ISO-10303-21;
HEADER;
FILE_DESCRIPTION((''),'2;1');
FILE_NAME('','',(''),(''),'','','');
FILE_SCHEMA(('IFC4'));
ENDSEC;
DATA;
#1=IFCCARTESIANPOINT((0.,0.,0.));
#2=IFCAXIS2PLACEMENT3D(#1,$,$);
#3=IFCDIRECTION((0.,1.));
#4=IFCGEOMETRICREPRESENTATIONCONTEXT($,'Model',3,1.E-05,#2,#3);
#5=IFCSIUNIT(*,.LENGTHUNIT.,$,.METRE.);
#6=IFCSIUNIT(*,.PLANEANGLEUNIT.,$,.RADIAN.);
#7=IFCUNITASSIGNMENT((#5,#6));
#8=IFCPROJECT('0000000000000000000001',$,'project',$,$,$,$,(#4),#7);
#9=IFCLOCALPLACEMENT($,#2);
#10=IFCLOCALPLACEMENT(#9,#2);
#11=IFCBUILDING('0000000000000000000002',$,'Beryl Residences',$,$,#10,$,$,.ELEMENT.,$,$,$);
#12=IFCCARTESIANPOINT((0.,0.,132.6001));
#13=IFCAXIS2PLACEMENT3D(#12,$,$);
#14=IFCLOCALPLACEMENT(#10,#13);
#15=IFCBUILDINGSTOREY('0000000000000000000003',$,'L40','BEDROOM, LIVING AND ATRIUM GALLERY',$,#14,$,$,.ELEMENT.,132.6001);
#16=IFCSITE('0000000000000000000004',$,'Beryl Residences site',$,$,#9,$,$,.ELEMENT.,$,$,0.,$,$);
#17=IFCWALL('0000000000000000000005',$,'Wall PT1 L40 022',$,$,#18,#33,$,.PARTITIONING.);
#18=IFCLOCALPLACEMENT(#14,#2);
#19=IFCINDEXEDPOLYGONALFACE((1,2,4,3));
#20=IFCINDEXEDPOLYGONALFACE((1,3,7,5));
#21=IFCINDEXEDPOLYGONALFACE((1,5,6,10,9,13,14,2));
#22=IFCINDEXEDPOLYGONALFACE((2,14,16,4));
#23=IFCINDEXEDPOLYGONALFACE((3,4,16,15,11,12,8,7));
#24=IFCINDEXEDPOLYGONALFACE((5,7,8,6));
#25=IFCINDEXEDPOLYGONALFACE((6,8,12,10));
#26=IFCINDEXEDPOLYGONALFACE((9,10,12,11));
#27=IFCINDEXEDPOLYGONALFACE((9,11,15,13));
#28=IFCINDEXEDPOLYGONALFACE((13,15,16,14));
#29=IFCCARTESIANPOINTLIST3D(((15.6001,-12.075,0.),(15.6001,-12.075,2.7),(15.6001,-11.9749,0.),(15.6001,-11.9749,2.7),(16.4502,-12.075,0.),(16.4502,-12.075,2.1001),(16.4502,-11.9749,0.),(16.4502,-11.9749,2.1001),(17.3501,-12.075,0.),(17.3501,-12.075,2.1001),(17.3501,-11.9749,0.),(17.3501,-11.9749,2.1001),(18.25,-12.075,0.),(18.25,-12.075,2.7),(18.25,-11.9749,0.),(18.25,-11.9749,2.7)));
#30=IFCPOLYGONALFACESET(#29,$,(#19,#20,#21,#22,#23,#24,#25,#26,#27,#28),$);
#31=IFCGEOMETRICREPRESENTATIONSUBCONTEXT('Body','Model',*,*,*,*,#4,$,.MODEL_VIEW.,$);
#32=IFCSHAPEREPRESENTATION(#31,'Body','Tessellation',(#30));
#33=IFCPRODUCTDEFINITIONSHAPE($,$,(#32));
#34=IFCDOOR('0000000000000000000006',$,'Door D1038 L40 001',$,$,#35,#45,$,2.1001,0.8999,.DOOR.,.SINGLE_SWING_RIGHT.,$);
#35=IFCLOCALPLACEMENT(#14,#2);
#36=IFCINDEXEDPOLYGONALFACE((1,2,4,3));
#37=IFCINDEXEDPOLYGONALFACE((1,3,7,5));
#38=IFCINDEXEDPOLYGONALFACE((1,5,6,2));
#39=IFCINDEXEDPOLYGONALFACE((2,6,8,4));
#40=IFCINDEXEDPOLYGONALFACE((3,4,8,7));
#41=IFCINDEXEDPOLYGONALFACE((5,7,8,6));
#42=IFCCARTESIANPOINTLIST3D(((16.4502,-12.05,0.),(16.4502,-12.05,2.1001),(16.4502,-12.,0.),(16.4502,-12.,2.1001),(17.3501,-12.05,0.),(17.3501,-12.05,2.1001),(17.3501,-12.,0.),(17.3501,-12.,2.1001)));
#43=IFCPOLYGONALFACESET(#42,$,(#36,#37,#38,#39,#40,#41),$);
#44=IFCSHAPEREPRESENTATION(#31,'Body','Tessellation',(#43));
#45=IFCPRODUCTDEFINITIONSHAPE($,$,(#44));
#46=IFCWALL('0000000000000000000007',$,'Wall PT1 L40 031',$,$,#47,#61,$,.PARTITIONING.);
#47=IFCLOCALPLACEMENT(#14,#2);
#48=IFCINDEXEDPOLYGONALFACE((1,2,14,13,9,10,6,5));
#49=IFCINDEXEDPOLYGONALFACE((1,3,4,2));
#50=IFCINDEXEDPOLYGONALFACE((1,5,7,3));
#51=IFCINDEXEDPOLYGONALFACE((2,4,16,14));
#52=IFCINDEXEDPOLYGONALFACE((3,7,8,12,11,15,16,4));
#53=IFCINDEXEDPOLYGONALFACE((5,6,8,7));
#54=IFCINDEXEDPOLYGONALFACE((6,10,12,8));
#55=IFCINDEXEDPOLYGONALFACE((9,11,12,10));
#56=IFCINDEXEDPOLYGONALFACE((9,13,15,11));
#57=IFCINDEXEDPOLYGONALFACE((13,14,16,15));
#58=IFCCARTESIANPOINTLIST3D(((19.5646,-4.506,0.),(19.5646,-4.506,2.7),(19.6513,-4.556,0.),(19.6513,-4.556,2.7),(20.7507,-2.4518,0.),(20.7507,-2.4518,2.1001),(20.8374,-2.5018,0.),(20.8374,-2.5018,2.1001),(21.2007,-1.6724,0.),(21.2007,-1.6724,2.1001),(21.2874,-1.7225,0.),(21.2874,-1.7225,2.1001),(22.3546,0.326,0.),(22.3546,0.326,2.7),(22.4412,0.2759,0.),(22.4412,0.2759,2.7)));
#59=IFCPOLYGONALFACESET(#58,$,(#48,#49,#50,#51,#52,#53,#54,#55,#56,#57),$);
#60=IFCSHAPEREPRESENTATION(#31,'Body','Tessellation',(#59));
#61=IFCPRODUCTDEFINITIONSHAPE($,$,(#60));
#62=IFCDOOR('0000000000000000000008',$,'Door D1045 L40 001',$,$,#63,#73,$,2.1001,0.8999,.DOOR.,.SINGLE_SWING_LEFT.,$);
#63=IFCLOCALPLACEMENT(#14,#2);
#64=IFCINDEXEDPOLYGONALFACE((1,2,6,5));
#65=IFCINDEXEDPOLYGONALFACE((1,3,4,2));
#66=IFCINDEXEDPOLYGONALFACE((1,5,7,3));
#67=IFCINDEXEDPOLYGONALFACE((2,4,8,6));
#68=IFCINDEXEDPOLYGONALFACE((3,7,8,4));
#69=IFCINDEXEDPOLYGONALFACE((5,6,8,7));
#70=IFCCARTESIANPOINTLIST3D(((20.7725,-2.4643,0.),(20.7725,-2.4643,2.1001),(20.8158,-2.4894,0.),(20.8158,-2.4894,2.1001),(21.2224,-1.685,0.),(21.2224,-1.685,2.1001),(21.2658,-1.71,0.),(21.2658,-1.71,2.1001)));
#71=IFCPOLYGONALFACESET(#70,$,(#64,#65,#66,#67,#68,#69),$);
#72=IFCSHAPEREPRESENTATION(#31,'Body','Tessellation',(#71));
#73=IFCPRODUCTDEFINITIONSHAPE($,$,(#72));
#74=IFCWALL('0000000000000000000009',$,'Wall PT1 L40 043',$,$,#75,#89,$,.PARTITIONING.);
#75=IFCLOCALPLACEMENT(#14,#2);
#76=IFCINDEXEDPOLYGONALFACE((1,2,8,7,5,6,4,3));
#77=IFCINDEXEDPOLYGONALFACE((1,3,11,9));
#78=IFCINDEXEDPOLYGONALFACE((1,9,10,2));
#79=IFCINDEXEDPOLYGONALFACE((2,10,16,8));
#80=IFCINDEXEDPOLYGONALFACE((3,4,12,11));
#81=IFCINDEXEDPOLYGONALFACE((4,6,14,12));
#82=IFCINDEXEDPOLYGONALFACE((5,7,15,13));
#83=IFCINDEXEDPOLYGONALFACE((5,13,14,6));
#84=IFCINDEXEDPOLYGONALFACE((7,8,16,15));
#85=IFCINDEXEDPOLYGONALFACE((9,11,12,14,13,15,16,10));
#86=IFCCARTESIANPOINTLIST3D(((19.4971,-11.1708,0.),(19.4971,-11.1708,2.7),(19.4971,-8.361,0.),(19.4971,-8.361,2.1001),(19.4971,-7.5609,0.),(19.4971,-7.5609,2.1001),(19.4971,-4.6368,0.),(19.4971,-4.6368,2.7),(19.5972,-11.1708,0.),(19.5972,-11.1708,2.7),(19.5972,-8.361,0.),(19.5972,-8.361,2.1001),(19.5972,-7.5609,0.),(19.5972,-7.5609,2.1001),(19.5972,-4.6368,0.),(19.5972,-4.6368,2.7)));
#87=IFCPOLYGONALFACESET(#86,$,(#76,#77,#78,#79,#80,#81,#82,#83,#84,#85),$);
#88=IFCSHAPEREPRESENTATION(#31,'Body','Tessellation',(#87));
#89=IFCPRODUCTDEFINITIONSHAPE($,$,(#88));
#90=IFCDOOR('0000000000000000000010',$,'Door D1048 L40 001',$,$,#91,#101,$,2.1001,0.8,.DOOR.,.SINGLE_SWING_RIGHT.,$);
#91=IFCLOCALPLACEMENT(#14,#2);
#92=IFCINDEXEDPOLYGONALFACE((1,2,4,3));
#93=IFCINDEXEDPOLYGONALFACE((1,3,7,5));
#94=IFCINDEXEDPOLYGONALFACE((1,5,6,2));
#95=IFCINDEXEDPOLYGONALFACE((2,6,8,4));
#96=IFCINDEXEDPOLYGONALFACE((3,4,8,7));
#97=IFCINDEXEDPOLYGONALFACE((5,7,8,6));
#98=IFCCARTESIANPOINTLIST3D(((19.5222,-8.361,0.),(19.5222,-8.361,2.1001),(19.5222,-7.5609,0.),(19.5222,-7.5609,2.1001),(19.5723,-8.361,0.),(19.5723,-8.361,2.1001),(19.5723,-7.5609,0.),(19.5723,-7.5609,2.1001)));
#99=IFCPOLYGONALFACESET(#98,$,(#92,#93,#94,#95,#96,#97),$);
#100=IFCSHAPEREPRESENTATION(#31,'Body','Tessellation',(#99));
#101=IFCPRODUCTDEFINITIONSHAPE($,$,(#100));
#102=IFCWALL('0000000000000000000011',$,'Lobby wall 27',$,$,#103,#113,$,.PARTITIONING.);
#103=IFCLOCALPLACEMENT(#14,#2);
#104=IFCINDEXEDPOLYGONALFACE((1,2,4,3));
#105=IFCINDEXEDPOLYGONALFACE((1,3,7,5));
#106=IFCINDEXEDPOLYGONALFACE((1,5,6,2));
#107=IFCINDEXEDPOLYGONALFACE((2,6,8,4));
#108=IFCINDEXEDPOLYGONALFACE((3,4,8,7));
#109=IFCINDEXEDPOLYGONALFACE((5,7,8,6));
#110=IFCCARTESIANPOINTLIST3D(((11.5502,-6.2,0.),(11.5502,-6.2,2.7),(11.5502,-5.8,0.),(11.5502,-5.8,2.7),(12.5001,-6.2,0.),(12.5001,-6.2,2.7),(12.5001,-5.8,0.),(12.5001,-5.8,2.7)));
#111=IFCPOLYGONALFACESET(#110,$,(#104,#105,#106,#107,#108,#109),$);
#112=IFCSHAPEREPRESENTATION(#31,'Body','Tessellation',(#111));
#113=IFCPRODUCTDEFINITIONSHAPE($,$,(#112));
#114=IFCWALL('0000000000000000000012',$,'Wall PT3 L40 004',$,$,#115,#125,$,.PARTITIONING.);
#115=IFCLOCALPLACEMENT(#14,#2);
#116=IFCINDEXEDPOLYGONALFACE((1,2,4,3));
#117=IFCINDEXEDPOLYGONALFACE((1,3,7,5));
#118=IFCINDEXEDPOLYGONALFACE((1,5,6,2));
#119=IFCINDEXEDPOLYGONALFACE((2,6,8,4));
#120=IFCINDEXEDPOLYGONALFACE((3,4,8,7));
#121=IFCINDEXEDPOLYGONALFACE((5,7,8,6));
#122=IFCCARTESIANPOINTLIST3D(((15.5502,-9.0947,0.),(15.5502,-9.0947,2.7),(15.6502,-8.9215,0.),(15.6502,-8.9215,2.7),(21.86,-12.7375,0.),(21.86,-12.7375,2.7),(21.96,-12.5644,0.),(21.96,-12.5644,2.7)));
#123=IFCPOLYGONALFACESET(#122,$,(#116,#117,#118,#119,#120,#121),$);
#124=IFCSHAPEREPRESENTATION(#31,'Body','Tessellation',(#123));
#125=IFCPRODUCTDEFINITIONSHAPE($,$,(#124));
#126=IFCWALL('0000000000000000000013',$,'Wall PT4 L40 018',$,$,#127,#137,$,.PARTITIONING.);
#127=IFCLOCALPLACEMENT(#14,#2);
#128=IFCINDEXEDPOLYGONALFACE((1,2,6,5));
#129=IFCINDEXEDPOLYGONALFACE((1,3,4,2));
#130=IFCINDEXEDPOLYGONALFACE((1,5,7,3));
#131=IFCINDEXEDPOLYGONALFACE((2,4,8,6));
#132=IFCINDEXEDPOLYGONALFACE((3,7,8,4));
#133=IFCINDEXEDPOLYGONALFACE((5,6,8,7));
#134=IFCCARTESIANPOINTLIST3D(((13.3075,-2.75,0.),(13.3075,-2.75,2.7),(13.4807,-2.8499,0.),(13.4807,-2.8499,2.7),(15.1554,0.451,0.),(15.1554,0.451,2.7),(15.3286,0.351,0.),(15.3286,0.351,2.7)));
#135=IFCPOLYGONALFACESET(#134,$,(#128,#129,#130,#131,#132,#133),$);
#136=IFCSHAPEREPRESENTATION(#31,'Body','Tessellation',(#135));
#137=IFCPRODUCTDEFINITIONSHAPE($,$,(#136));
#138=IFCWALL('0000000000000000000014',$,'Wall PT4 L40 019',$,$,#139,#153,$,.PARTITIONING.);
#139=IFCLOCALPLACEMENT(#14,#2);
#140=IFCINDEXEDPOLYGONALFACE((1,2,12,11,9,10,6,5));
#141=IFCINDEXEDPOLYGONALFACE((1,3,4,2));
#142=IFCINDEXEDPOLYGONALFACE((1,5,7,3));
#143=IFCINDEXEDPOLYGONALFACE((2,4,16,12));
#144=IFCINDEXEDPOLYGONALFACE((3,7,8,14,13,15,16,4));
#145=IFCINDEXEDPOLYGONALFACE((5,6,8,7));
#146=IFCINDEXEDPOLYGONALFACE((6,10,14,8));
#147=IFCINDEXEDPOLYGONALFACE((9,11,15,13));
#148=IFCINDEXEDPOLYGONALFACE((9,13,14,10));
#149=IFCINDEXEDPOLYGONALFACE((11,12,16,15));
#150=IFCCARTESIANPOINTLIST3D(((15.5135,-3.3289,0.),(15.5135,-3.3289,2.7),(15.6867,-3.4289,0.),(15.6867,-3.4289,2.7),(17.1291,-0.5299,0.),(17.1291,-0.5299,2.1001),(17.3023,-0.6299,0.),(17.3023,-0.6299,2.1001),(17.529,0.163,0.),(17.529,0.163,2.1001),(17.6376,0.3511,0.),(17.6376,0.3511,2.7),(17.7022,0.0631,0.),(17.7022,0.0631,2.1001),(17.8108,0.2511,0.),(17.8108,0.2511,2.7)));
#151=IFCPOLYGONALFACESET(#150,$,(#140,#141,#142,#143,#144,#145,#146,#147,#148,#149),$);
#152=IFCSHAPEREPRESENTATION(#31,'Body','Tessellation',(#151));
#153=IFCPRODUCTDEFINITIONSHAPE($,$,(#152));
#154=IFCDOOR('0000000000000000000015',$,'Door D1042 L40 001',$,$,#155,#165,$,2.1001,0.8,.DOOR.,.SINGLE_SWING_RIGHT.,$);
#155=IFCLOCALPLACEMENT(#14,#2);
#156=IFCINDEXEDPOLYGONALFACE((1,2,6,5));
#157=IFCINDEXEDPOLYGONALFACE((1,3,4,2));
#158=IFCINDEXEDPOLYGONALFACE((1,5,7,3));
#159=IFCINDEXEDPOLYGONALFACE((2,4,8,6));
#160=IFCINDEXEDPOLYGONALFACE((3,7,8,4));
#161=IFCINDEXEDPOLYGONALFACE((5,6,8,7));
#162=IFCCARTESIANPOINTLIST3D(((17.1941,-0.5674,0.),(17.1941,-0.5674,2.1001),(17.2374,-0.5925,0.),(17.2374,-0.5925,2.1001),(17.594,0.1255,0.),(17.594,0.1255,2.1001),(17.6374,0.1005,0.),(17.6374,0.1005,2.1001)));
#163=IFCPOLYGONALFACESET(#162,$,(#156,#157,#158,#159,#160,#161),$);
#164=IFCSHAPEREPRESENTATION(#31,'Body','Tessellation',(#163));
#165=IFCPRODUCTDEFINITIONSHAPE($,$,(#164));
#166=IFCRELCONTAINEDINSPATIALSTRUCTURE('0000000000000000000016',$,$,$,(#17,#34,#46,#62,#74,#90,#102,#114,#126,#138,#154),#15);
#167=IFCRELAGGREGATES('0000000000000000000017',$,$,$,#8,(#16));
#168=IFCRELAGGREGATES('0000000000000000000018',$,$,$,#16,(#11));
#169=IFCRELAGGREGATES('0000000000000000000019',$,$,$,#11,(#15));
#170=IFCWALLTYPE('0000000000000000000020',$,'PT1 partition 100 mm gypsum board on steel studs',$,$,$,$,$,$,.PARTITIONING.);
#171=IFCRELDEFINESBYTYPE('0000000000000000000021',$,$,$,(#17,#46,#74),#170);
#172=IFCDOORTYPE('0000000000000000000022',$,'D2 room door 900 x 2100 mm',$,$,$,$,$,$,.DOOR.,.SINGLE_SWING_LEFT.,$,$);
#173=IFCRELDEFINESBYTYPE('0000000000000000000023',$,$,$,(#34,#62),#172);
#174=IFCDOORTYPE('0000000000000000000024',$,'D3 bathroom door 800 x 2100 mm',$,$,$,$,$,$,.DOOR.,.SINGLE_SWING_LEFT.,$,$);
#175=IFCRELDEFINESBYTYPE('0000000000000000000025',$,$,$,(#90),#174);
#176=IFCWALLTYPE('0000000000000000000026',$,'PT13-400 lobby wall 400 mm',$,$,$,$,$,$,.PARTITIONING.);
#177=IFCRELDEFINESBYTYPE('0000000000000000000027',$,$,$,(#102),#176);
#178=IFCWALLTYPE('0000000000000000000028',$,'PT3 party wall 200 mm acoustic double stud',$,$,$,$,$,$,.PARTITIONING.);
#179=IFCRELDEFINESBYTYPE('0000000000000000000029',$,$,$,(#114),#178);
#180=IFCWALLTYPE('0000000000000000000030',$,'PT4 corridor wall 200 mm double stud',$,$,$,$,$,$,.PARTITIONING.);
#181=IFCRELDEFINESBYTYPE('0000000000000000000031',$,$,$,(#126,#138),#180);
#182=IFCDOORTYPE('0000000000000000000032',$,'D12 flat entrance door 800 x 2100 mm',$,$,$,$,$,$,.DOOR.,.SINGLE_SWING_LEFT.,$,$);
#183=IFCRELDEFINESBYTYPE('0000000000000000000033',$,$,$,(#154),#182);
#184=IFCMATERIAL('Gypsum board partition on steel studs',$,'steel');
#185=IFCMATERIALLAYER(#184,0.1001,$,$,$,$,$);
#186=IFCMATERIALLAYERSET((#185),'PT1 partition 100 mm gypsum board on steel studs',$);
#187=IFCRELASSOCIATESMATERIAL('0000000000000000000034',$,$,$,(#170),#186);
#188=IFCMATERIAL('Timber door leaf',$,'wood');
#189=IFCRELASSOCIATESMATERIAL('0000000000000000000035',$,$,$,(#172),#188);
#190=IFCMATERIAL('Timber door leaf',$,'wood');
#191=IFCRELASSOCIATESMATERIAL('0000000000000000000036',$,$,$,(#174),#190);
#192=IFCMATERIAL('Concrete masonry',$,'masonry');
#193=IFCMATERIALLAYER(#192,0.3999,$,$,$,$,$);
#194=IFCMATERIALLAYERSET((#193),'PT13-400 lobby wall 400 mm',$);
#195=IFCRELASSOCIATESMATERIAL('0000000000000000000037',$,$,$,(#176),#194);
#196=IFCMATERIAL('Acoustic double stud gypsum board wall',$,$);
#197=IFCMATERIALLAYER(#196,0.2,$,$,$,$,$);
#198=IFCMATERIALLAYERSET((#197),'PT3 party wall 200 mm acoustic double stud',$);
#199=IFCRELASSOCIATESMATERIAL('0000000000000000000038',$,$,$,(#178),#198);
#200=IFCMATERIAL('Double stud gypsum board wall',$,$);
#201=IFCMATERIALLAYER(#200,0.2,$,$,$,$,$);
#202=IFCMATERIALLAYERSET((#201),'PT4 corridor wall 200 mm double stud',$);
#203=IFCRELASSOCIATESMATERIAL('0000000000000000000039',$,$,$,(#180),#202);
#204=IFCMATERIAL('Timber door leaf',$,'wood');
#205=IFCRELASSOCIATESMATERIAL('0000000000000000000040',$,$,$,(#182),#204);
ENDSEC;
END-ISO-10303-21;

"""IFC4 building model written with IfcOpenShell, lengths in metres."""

from ifc_helpers import new_model, si_unit, direction, frame, frame_2d, origin, place, context, subcontext, project, spatial, rectangle, extrude, material, layer, layer_set, type_object, element, fill, save


model = new_model("IFC4")

# Units and contexts
model_context = context("Model", 3, precision=1e-05, world=origin(), true_north=direction((0.0, 1.0)))
body_context = subcontext(model_context, "Body", "Model", "MODEL_VIEW")
ifc_project = project(units=[si_unit("LENGTHUNIT", "METRE"), si_unit("PLANEANGLEUNIT", "RADIAN")], contexts=[model_context])

# Site, building, storey
site_placement = place(None, origin())
site = spatial("IfcSite", under=ifc_project, at=site_placement, Name="Beryl Residences site", CompositionType="ELEMENT", RefElevation=0.0)
building_placement = place(site_placement, origin())
building = spatial("IfcBuilding", under=site, at=building_placement, Name="Beryl Residences", CompositionType="ELEMENT")
storey_placement = place(building_placement, frame((0.0, 0.0, 132.6001)))
storey = spatial("IfcBuildingStorey", under=building, at=storey_placement, Name="L40", Description="BEDROOM, LIVING AND ATRIUM GALLERY", CompositionType="ELEMENT", Elevation=132.6001)

# Walls, openings, doors
ifc_material_1 = material(Name="Gypsum board partition on steel studs", Category="steel")
ifc_layer_1 = layer(ifc_material_1, 0.1001)
ifc_layer_set_1 = layer_set([ifc_layer_1], Name="PT1 partition 100 mm gypsum board on steel studs")
wall_type_1 = type_object("IfcWallType", Name="PT1 partition 100 mm gypsum board on steel studs", PredefinedType="PARTITIONING", material=ifc_layer_set_1)
ifc_material_2 = material(Name="Timber door leaf", Category="wood")
door_type_1 = type_object("IfcDoorType", Name="D2 room door 900 x 2100 mm", OperationType="SINGLE_SWING_LEFT", PredefinedType="DOOR", material=ifc_material_2)
wall_1_placement = place(storey_placement, frame((15.6001, -12.0249, 0.0), z_axis=(0.0, 0.0, 1.0), x_axis=(1.0, 0.0, 0.0)))
wall_1 = element("IfcWall", 1, at=wall_1_placement, inside=storey, type_object=wall_type_1, Name="Wall PT1 L40 022", PredefinedType="PARTITIONING", context=body_context, shape_type="SweptSolid", body=[
    extrude(rectangle(XDim=2.6499, YDim=0.1001, at=frame_2d((1.325, 0.0))), origin(), (0.0, 0.0, 1.0), 2.7),
])
opening_1_placement = place(wall_1_placement, frame((0.8501, 0.0, 0.0)))
opening_1 = element("IfcOpeningElement", 2, at=opening_1_placement, cuts=wall_1, PredefinedType="OPENING", context=body_context, shape_type="SweptSolid", body=[
    extrude(rectangle(XDim=0.8999, YDim=2.1001, at=frame_2d((0.45, 1.05))), frame((0.0, 0.0601, 0.0), z_axis=(0.0, -1.0, 0.0), x_axis=(1.0, 0.0, 0.0)), (0.0, 0.0, 1.0), 0.1201),
])
door_1_placement = place(opening_1_placement, origin())
door_1 = element("IfcDoor", 3, at=door_1_placement, inside=storey, type_object=door_type_1, Name="Door D1038 L40 001", OperationType="SINGLE_SWING_RIGHT", OverallHeight=2.1001, OverallWidth=0.8999, PredefinedType="DOOR", context=body_context, shape_type="SweptSolid", body=[
    extrude(rectangle(XDim=0.8999, YDim=2.1001, at=frame_2d((0.45, 1.05))), frame((0.0, 0.0249, 0.0), z_axis=(0.0, -1.0, 0.0), x_axis=(1.0, 0.0, 0.0)), (0.0, 0.0, 1.0), 0.05),
])
fill(opening_1, door_1)
wall_2_placement = place(storey_placement, frame((19.6079, -4.531, 0.0), z_axis=(0.0, 0.0, 1.0), x_axis=(0.500036, 0.866005, 0.0)))
wall_2 = element("IfcWall", 4, at=wall_2_placement, inside=storey, type_object=wall_type_1, Name="Wall PT1 L40 031", PredefinedType="PARTITIONING", context=body_context, shape_type="SweptSolid", body=[
    extrude(rectangle(XDim=5.5796, YDim=0.1001, at=frame_2d((2.7898, 0.0))), origin(), (0.0, 0.0, 1.0), 2.7),
])
opening_2_placement = place(wall_2_placement, frame((2.3721, 0.0, 0.0)))
opening_2 = element("IfcOpeningElement", 5, at=opening_2_placement, cuts=wall_2, PredefinedType="OPENING", context=body_context, shape_type="SweptSolid", body=[
    extrude(rectangle(XDim=0.8999, YDim=2.1001, at=frame_2d((0.45, 1.05))), frame((0.0, 0.0601, 0.0), z_axis=(0.0, -1.0, 0.0), x_axis=(1.0, 0.0, 0.0)), (0.0, 0.0, 1.0), 0.1201),
])
door_2_placement = place(opening_2_placement, origin())
door_2 = element("IfcDoor", 6, at=door_2_placement, inside=storey, type_object=door_type_1, Name="Door D1045 L40 001", OperationType="SINGLE_SWING_LEFT", OverallHeight=2.1001, OverallWidth=0.8999, PredefinedType="DOOR", context=body_context, shape_type="SweptSolid", body=[
    extrude(rectangle(XDim=0.8999, YDim=2.1001, at=frame_2d((0.45, 1.05))), frame((0.0, 0.0249, 0.0), z_axis=(0.0, -1.0, 0.0), x_axis=(1.0, 0.0, 0.0)), (0.0, 0.0, 1.0), 0.05),
])
fill(opening_2, door_2)
wall_3_placement = place(storey_placement, frame((19.5471, -11.1709, 0.0), z_axis=(0.0, 0.0, 1.0), x_axis=(0.0, 1.0, 0.0)))
wall_3 = element("IfcWall", 7, at=wall_3_placement, inside=storey, type_object=wall_type_1, Name="Wall PT1 L40 043", PredefinedType="PARTITIONING", context=body_context, shape_type="SweptSolid", body=[
    extrude(rectangle(XDim=6.5339, YDim=0.1001, at=frame_2d((3.2671, 0.0))), origin(), (0.0, 0.0, 1.0), 2.7),
])
opening_3_placement = place(wall_3_placement, frame((2.8101, 0.0, 0.0)))
opening_3 = element("IfcOpeningElement", 8, at=opening_3_placement, cuts=wall_3, PredefinedType="OPENING", context=body_context, shape_type="SweptSolid", body=[
    extrude(rectangle(XDim=0.8, YDim=2.1001, at=frame_2d((0.3999, 1.05))), frame((0.0, 0.0601, 0.0), z_axis=(0.0, -1.0, 0.0), x_axis=(1.0, 0.0, 0.0)), (0.0, 0.0, 1.0), 0.1201),
])
ifc_material_3 = material(Name="Timber door leaf", Category="wood")
door_type_2 = type_object("IfcDoorType", Name="D3 bathroom door 800 x 2100 mm", OperationType="SINGLE_SWING_LEFT", PredefinedType="DOOR", material=ifc_material_3)
door_3_placement = place(opening_3_placement, origin())
door_3 = element("IfcDoor", 9, at=door_3_placement, inside=storey, type_object=door_type_2, Name="Door D1048 L40 001", OperationType="SINGLE_SWING_RIGHT", OverallHeight=2.1001, OverallWidth=0.8, PredefinedType="DOOR", context=body_context, shape_type="SweptSolid", body=[
    extrude(rectangle(XDim=0.8, YDim=2.1001, at=frame_2d((0.3999, 1.05))), frame((0.0, 0.0249, 0.0), z_axis=(0.0, -1.0, 0.0), x_axis=(1.0, 0.0, 0.0)), (0.0, 0.0, 1.0), 0.05),
])
fill(opening_3, door_3)

# Walls
ifc_material_4 = material(Name="Concrete masonry", Category="masonry")
ifc_layer_2 = layer(ifc_material_4, 0.3999)
ifc_layer_set_2 = layer_set([ifc_layer_2], Name="PT13-400 lobby wall 400 mm")
wall_type_2 = type_object("IfcWallType", Name="PT13-400 lobby wall 400 mm", PredefinedType="PARTITIONING", material=ifc_layer_set_2)
wall_4_placement = place(storey_placement, frame((11.55, -6.0, 0.0), z_axis=(0.0, 0.0, 1.0), x_axis=(1.0, 0.0, 0.0)))
element("IfcWall", 10, at=wall_4_placement, inside=storey, type_object=wall_type_2, Name="Lobby wall 27", PredefinedType="PARTITIONING", context=body_context, shape_type="SweptSolid", body=[
    extrude(rectangle(XDim=0.95, YDim=0.3999, at=frame_2d((0.4751, 0.0))), origin(), (0.0, 0.0, 1.0), 2.7),
])
ifc_material_5 = material(Name="Acoustic double stud gypsum board wall")
ifc_layer_3 = layer(ifc_material_5, 0.2)
ifc_layer_set_3 = layer_set([ifc_layer_3], Name="PT3 party wall 200 mm acoustic double stud")
wall_type_3 = type_object("IfcWallType", Name="PT3 party wall 200 mm acoustic double stud", PredefinedType="PARTITIONING", material=ifc_layer_set_3)
wall_5_placement = place(storey_placement, frame((15.6001, -9.0081, 0.0), z_axis=(0.0, 0.0, 1.0), x_axis=(0.866034, -0.499984, 0.0)))
element("IfcWall", 11, at=wall_5_placement, inside=storey, type_object=wall_type_3, Name="Wall PT3 L40 004", PredefinedType="PARTITIONING", context=body_context, shape_type="SweptSolid", body=[
    extrude(rectangle(XDim=7.2859, YDim=0.2, at=frame_2d((3.6431, 0.0))), origin(), (0.0, 0.0, 1.0), 2.7),
])
ifc_material_6 = material(Name="Double stud gypsum board wall")
ifc_layer_4 = layer(ifc_material_6, 0.2)
ifc_layer_set_4 = layer_set([ifc_layer_4], Name="PT4 corridor wall 200 mm double stud")
wall_type_4 = type_object("IfcWallType", Name="PT4 corridor wall 200 mm double stud", PredefinedType="PARTITIONING", material=ifc_layer_set_4)
wall_6_placement = place(storey_placement, frame((13.394, -2.8, 0.0), z_axis=(0.0, 0.0, 1.0), x_axis=(0.499968, 0.866044, 0.0)))
element("IfcWall", 12, at=wall_6_placement, inside=storey, type_object=wall_type_4, Name="Wall PT4 L40 018", PredefinedType="PARTITIONING", context=body_context, shape_type="SweptSolid", body=[
    extrude(rectangle(XDim=3.696, YDim=0.2, at=frame_2d((1.8481, 0.0))), origin(), (0.0, 0.0, 1.0), 2.7),
])

# Wall, opening, door
wall_7_placement = place(storey_placement, frame((15.6001, -3.3789, 0.0), z_axis=(0.0, 0.0, 1.0), x_axis=(0.499897, 0.866085, 0.0)))
wall_7 = element("IfcWall", 13, at=wall_7_placement, inside=storey, type_object=wall_type_4, Name="Wall PT4 L40 019", PredefinedType="PARTITIONING", context=body_context, shape_type="SweptSolid", body=[
    extrude(rectangle(XDim=4.249, YDim=0.2, at=frame_2d((2.1245, 0.0))), origin(), (0.0, 0.0, 1.0), 2.7),
])
opening_4_placement = place(wall_7_placement, frame((3.2319, 0.0, 0.0)))
opening_4 = element("IfcOpeningElement", 14, at=opening_4_placement, cuts=wall_7, PredefinedType="OPENING", context=body_context, shape_type="SweptSolid", body=[
    extrude(rectangle(XDim=0.8, YDim=2.1001, at=frame_2d((0.3999, 1.05))), frame((0.0, 0.1099, 0.0), z_axis=(0.0, -1.0, 0.0), x_axis=(1.0, 0.0, 0.0)), (0.0, 0.0, 1.0), 0.22),
])
ifc_material_7 = material(Name="Timber door leaf", Category="wood")
door_type_3 = type_object("IfcDoorType", Name="D12 flat entrance door 800 x 2100 mm", OperationType="SINGLE_SWING_LEFT", PredefinedType="DOOR", material=ifc_material_7)
door_4_placement = place(opening_4_placement, origin())
door_4 = element("IfcDoor", 15, at=door_4_placement, inside=storey, type_object=door_type_3, Name="Door D1042 L40 001", OperationType="SINGLE_SWING_RIGHT", OverallHeight=2.1001, OverallWidth=0.8, PredefinedType="DOOR", context=body_context, shape_type="SweptSolid", body=[
    extrude(rectangle(XDim=0.8, YDim=2.1001, at=frame_2d((0.3999, 1.05))), frame((0.0, 0.0249, 0.0), z_axis=(0.0, -1.0, 0.0), x_axis=(1.0, 0.0, 0.0)), (0.0, 0.0, 1.0), 0.05),
])
fill(opening_4, door_4)

save(model, "model.ifc")
